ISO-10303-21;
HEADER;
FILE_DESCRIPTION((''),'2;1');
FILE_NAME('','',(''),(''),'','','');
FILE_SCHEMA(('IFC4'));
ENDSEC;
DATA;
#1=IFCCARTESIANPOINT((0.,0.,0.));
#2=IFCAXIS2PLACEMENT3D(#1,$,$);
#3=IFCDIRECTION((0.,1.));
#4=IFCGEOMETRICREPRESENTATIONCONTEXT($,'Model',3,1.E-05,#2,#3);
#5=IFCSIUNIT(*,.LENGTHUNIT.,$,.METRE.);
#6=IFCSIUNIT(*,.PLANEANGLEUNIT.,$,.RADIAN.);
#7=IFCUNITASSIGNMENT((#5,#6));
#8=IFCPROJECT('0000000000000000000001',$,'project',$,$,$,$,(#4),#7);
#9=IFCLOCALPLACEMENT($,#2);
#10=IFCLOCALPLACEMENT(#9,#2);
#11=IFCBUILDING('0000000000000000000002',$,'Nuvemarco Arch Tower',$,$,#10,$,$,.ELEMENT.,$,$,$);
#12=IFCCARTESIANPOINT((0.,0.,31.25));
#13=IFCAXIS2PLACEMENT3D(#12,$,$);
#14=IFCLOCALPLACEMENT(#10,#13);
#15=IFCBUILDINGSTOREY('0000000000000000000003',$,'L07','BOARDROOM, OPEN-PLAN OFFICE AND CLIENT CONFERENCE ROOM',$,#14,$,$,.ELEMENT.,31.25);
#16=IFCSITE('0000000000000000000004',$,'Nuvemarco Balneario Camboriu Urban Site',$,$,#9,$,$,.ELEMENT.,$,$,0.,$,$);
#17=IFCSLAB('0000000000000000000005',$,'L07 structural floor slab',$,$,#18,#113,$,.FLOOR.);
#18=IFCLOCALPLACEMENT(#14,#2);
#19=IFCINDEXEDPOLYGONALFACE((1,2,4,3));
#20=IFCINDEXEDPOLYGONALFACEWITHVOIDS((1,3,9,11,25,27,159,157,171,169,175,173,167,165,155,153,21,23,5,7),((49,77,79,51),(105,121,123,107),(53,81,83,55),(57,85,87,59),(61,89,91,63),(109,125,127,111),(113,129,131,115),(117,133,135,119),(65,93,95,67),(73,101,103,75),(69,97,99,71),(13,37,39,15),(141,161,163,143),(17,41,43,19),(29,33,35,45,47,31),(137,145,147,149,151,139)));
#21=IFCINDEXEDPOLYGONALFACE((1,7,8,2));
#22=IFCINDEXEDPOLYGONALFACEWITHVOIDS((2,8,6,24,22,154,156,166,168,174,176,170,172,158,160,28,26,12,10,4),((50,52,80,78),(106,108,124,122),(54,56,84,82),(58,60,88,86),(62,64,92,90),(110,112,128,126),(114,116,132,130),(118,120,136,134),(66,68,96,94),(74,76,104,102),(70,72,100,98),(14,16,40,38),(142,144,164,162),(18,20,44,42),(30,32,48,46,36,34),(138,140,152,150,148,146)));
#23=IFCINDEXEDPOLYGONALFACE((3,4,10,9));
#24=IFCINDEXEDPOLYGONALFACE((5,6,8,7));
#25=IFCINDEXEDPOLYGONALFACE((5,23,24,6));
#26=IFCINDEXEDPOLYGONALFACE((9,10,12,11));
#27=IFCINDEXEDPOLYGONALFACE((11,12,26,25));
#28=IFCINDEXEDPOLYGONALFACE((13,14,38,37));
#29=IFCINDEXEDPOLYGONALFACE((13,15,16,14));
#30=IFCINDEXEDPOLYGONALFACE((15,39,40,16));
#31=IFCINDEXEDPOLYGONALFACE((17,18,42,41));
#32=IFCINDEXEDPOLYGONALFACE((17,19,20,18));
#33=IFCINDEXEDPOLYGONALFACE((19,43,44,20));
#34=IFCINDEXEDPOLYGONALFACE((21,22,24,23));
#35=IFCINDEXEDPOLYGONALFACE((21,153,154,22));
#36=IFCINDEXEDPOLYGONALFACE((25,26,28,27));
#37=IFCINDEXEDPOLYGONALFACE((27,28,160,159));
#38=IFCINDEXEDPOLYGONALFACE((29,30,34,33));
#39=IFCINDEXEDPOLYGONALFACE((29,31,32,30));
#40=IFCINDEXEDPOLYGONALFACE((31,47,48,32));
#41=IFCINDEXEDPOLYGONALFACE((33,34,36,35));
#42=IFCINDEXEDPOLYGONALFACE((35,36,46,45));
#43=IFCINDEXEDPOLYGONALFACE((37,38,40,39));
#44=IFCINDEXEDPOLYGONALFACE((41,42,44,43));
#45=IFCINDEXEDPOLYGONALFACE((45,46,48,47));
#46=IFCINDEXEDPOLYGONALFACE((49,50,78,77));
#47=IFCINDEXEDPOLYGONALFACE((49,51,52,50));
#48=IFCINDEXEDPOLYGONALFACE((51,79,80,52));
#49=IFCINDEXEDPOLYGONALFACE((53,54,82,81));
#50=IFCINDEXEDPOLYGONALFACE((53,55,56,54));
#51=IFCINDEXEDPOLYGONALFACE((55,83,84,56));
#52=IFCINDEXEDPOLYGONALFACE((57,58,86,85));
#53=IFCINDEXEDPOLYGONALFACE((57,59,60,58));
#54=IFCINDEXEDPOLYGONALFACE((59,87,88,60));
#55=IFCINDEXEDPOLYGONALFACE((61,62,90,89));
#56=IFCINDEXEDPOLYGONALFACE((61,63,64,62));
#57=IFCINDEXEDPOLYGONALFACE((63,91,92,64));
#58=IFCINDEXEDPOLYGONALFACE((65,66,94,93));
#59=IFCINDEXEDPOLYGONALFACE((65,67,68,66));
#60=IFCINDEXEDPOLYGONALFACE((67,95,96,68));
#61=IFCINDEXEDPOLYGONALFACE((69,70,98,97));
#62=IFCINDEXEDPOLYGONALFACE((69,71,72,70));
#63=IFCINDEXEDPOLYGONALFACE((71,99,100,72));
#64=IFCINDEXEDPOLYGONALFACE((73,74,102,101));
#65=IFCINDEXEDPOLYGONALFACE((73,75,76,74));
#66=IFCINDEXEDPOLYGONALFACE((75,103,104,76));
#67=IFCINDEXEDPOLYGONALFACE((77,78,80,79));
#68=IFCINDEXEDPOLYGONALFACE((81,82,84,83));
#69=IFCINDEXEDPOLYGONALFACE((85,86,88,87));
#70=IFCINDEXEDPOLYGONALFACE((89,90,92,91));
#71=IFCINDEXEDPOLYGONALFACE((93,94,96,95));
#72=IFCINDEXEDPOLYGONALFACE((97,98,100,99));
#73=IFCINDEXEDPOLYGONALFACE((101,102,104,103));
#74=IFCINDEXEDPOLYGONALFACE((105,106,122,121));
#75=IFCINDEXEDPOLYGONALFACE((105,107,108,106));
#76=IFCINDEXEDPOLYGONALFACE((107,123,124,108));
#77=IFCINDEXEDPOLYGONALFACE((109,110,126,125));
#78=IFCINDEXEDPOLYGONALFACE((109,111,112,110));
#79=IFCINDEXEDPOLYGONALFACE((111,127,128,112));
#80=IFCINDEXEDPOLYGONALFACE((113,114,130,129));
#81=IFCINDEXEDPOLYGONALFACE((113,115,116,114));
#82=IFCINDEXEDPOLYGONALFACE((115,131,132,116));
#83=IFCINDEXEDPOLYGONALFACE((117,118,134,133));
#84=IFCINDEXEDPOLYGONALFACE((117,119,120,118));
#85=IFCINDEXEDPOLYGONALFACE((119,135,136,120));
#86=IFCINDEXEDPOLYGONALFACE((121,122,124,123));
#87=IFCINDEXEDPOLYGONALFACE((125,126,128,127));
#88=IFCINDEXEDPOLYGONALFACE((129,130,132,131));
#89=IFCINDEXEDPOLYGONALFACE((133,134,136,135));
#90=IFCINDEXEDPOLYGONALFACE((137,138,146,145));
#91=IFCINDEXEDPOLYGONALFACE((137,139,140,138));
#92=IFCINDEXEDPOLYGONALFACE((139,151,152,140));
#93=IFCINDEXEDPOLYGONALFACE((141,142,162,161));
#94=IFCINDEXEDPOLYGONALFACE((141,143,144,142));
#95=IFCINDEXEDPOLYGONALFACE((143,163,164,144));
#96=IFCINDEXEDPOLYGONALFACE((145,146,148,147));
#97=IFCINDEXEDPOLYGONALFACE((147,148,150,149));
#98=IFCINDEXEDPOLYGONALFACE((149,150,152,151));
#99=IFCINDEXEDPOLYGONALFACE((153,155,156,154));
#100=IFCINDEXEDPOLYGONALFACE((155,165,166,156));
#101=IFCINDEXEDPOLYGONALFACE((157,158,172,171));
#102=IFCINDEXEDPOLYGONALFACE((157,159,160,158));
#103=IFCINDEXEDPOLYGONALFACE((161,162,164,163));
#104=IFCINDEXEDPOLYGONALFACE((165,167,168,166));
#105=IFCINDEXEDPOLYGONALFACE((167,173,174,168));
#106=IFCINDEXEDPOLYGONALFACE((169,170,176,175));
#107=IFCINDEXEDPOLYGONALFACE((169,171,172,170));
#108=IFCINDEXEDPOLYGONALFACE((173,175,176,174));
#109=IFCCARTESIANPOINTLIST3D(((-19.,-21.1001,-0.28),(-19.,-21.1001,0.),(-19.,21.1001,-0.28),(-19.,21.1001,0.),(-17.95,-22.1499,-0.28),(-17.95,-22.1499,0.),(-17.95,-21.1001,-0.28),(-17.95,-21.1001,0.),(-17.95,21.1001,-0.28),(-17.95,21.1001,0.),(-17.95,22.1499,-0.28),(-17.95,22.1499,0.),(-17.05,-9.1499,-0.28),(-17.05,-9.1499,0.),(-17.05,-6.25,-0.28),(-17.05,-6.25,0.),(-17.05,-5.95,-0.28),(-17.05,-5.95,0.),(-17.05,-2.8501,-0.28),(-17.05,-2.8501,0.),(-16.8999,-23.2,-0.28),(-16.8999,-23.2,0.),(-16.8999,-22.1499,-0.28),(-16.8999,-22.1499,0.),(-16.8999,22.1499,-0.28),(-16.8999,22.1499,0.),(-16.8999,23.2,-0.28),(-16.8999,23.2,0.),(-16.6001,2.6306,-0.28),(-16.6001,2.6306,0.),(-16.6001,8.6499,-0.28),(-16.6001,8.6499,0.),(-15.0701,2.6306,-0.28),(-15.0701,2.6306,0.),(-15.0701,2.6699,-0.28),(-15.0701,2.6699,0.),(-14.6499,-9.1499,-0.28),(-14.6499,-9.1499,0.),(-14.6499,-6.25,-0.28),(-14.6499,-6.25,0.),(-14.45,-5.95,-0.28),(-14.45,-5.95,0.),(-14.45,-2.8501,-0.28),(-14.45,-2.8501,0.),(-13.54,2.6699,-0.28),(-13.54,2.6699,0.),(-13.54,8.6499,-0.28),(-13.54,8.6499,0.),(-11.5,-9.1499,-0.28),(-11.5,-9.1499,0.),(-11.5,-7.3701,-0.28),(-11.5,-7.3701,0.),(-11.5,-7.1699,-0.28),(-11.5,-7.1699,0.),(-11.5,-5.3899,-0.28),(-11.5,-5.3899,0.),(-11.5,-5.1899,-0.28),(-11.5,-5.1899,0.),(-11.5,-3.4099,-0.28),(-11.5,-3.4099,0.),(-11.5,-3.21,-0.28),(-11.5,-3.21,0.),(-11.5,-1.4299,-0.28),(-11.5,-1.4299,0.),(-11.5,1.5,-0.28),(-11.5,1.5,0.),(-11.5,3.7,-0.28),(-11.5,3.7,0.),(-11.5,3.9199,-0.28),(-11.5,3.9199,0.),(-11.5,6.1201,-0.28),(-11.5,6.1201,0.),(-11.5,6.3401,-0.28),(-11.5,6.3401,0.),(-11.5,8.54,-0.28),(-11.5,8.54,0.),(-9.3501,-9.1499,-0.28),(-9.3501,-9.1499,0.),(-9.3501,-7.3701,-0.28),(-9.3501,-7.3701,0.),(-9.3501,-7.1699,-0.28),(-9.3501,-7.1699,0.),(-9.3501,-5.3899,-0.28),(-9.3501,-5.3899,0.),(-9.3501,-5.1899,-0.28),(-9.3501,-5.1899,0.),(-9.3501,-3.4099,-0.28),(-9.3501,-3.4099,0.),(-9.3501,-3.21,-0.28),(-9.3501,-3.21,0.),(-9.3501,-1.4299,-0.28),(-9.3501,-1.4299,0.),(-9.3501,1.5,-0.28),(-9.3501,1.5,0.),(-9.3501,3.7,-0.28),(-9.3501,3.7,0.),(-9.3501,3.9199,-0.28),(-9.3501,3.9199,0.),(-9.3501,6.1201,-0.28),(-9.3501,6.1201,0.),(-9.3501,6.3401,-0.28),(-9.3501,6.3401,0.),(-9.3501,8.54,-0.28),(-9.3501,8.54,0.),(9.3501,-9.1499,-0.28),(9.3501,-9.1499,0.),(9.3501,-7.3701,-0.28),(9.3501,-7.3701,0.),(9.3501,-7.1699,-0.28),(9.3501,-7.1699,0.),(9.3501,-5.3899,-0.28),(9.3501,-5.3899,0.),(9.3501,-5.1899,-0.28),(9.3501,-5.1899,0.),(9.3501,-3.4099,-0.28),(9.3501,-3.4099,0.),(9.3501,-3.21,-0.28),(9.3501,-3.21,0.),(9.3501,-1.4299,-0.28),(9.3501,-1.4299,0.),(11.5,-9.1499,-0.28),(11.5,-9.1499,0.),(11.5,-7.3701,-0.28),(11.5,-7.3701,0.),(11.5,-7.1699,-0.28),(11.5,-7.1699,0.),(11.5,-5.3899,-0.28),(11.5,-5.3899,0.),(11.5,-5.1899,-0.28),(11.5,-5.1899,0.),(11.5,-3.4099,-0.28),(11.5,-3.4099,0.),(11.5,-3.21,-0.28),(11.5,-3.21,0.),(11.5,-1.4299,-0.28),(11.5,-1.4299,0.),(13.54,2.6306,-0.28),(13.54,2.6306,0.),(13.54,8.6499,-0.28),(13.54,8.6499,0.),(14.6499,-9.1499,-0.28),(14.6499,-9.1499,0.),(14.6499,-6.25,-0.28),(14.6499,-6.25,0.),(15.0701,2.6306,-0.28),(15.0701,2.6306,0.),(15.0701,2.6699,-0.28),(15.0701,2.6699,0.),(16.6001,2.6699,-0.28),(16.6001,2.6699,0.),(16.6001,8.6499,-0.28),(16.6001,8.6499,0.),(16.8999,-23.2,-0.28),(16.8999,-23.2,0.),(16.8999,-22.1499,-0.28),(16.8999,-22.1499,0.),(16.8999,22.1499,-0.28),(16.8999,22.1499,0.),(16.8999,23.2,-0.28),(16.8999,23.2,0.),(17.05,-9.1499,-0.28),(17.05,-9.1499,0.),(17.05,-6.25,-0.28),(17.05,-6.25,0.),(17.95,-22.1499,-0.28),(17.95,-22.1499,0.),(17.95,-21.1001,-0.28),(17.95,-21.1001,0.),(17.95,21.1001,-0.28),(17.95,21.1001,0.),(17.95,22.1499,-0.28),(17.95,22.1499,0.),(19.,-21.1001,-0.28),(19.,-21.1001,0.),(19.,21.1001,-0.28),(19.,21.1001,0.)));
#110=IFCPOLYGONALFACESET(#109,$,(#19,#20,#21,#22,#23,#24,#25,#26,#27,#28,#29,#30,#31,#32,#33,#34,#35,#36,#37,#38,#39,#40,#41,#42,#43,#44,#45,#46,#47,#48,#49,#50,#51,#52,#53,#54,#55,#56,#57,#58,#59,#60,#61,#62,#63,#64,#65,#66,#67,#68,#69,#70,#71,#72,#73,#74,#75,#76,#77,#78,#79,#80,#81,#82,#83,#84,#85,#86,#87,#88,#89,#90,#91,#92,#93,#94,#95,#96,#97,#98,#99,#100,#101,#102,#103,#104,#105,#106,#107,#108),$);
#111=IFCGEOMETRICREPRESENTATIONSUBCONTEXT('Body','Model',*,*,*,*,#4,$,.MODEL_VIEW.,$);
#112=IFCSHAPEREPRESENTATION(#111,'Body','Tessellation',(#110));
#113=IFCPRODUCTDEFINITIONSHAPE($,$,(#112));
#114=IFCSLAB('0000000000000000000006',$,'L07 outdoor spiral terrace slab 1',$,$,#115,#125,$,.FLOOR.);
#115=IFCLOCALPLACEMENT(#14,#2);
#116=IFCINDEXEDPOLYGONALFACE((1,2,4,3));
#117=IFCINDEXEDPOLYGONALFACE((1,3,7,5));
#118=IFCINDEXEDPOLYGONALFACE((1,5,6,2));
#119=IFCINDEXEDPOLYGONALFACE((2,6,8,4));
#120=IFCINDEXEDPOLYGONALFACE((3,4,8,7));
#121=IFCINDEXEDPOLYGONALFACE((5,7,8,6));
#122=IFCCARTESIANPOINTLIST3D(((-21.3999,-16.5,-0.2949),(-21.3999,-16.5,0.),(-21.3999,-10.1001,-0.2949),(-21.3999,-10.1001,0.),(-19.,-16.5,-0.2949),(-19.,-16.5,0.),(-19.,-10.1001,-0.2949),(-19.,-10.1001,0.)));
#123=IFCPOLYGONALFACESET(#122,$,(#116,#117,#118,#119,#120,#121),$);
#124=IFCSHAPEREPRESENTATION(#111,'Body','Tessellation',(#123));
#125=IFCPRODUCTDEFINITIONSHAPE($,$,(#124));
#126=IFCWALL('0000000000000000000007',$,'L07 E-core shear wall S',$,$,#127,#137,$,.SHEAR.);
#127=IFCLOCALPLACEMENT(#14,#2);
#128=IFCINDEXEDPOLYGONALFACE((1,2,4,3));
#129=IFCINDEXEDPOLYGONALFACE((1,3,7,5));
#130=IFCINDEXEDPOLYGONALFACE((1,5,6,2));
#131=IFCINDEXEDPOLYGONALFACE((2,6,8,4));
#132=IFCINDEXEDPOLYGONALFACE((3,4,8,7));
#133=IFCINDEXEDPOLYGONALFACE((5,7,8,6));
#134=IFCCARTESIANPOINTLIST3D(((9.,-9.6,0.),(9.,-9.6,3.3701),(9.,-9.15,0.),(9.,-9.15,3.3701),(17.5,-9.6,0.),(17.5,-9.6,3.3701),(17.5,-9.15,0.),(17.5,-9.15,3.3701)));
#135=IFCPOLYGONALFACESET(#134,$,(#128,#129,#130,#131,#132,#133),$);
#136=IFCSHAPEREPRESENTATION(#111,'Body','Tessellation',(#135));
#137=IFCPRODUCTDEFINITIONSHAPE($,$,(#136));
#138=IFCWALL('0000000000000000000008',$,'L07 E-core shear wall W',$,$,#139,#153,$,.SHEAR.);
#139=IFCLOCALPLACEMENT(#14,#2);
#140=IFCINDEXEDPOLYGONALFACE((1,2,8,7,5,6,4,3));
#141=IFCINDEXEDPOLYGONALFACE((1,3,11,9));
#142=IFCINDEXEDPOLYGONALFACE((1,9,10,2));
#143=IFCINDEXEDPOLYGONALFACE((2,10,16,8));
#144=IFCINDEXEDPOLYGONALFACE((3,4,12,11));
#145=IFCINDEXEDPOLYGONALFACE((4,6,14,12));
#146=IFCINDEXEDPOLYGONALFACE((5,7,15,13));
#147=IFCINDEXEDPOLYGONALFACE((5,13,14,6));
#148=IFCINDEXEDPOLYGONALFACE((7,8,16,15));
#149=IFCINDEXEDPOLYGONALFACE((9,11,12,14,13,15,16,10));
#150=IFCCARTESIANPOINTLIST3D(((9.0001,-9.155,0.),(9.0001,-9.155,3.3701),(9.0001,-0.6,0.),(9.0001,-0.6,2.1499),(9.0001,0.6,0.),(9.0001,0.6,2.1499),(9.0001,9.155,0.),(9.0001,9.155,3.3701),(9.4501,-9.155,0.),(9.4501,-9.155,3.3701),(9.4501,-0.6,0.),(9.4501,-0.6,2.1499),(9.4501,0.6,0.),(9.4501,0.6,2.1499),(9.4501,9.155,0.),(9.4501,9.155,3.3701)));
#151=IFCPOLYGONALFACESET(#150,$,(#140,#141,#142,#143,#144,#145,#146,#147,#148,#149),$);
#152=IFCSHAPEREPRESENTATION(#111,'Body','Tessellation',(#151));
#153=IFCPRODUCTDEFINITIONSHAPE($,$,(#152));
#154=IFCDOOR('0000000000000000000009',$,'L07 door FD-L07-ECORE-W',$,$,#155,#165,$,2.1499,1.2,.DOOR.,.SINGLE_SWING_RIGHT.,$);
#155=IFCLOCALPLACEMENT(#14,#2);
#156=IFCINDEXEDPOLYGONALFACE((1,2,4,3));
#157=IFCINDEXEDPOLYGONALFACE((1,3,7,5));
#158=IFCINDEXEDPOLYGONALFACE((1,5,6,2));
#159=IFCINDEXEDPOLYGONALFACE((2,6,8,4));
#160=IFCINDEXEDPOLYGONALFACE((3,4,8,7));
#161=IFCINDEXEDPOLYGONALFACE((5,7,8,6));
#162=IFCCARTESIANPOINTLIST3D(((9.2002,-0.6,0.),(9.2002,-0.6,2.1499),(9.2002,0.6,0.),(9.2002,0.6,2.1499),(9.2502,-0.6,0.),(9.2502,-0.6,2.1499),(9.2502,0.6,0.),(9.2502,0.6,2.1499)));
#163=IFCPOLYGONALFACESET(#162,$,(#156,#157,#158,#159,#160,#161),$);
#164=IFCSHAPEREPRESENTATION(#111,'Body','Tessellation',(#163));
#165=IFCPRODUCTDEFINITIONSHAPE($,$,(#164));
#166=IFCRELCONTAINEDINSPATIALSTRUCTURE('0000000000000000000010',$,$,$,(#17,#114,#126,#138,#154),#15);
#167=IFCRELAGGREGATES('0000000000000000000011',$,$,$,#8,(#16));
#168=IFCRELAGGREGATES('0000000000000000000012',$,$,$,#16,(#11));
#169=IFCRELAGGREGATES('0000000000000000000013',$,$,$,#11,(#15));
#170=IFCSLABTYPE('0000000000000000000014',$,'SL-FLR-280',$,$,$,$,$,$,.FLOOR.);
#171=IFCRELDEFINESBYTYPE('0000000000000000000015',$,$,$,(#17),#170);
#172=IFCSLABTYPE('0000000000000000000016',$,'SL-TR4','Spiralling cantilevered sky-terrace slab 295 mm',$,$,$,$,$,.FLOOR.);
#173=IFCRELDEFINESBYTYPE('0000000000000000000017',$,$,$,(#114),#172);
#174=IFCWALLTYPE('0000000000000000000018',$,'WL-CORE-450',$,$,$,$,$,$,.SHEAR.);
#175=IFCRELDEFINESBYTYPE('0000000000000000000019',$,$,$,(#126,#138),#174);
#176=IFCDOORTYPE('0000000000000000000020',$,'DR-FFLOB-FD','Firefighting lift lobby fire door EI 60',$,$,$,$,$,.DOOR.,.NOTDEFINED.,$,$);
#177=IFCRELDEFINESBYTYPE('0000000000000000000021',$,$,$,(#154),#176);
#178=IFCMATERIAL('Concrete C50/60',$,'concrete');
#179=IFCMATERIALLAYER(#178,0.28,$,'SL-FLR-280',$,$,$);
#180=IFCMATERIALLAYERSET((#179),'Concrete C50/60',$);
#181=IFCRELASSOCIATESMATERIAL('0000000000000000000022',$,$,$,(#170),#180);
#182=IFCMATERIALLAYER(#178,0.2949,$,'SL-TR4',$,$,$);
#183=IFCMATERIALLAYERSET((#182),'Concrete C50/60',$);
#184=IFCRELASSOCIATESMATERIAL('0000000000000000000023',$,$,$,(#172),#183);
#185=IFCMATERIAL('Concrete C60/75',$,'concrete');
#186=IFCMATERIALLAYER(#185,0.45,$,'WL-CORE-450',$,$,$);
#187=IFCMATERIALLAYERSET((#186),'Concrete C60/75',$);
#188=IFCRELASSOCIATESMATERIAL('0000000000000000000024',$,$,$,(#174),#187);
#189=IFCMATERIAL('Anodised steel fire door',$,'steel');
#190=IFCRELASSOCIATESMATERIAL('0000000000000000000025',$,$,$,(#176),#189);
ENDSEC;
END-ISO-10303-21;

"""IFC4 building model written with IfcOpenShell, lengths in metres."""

from ifc_helpers import new_model, si_unit, direction, frame, frame_2d, origin, place, context, subcontext, project, spatial, polyline, rectangle, outline, extrude, source, transform, mapped, material, layer, layer_set, type_object, type_shapes, element, fill, save


model = new_model("IFC4")

# Units and contexts
model_context = context("Model", 3, precision=1e-05, world=origin(), true_north=direction((0.0, 1.0)))
body_context = subcontext(model_context, "Body", "Model", "MODEL_VIEW")
ifc_project = project(units=[si_unit("LENGTHUNIT", "METRE"), si_unit("PLANEANGLEUNIT", "RADIAN")], contexts=[model_context])

# Site, building, storey
site_placement = place(None, origin())
site = spatial("IfcSite", under=ifc_project, at=site_placement, Name="Nuvemarco Balneario Camboriu Urban Site", CompositionType="ELEMENT", RefElevation=0.0)
building_placement = place(site_placement, origin())
building = spatial("IfcBuilding", under=site, at=building_placement, Name="Nuvemarco Arch Tower", CompositionType="ELEMENT")
storey_placement = place(building_placement, frame((0.0, 0.0, 31.25)))
storey = spatial("IfcBuildingStorey", under=building, at=storey_placement, Name="L07", Description="BOARDROOM, OPEN-PLAN OFFICE AND CLIENT CONFERENCE ROOM", CompositionType="ELEMENT", Elevation=31.25)

# Shared definitions
ifc_material_1 = material(Name="Concrete C60/75", Category="concrete")

# Slabs
ifc_material_2 = material(Name="Concrete C50/60", Category="concrete")
ifc_layer_1 = layer(ifc_material_2, 0.28, Name="SL-FLR-280")
ifc_layer_set_1 = layer_set([ifc_layer_1], Name="Concrete C50/60")
slab_type_1 = type_object("IfcSlabType", Name="SL-FLR-280", PredefinedType="FLOOR", material=ifc_layer_set_1)
slab_1_placement = place(storey_placement, frame((0.0, 0.0, -0.28)))
element("IfcSlab", 1, at=slab_1_placement, inside=storey, type_object=slab_type_1, Name="L07 structural floor slab", PredefinedType="FLOOR", context=body_context, shape_type="SweptSolid", body=[
    extrude(outline(polyline([(-16.8999, -23.2), (16.8999, -23.2), (16.8999, -22.1499), (17.95, -22.1499), (17.95, -21.1001), (19.0, -21.1001), (19.0, 21.1001), (17.95, 21.1001), (17.95, 22.1499), (16.8999, 22.1499), (16.8999, 23.2), (-16.8999, 23.2), (-16.8999, 22.1499), (-17.95, 22.1499), (-17.95, 21.1001), (-19.0, 21.1001), (-19.0, -21.1001), (-17.95, -21.1001), (-17.95, -22.1499), (-16.8999, -22.1499), (-16.8999, -23.2)]), holes=[polyline([(-13.54, 2.6699), (-13.54, 8.6499), (-16.6001, 8.6499), (-16.6001, 2.6306), (-15.0701, 2.6306), (-15.0701, 2.6699), (-13.54, 2.6699)]), polyline([(16.6001, 2.6699), (16.6001, 8.6499), (13.54, 8.6499), (13.54, 2.6306), (15.0701, 2.6306), (15.0701, 2.6699), (16.6001, 2.6699)]), polyline([(-17.05, -9.1499), (-14.6499, -9.1499), (-14.6499, -6.25), (-17.05, -6.25), (-17.05, -9.1499)]), polyline([(-17.05, -5.95), (-14.45, -5.95), (-14.45, -2.8501), (-17.05, -2.8501), (-17.05, -5.95)]), polyline([(-11.5, -9.1499), (-9.3501, -9.1499), (-9.3501, -7.3701), (-11.5, -7.3701), (-11.5, -9.1499)]), polyline([(-11.5, -7.1699), (-9.3501, -7.1699), (-9.3501, -5.3899), (-11.5, -5.3899), (-11.5, -7.1699)]), polyline([(-11.5, -5.1899), (-9.3501, -5.1899), (-9.3501, -3.4099), (-11.5, -3.4099), (-11.5, -5.1899)]), polyline([(-11.5, -3.21), (-9.3501, -3.21), (-9.3501, -1.4299), (-11.5, -1.4299), (-11.5, -3.21)]), polyline([(-11.5, 1.5), (-9.3501, 1.5), (-9.3501, 3.7), (-11.5, 3.7), (-11.5, 1.5)]), polyline([(-11.5, 3.9199), (-9.3501, 3.9199), (-9.3501, 6.1201), (-11.5, 6.1201), (-11.5, 3.9199)]), polyline([(-11.5, 6.3401), (-9.3501, 6.3401), (-9.3501, 8.54), (-11.5, 8.54), (-11.5, 6.3401)]), polyline([(14.6499, -9.1499), (17.05, -9.1499), (17.05, -6.25), (14.6499, -6.25), (14.6499, -9.1499)]), polyline([(9.3501, -9.1499), (11.5, -9.1499), (11.5, -7.3701), (9.3501, -7.3701), (9.3501, -9.1499)]), polyline([(9.3501, -7.1699), (11.5, -7.1699), (11.5, -5.3899), (9.3501, -5.3899), (9.3501, -7.1699)]), polyline([(9.3501, -5.1899), (11.5, -5.1899), (11.5, -3.4099), (9.3501, -3.4099), (9.3501, -5.1899)]), polyline([(9.3501, -3.21), (11.5, -3.21), (11.5, -1.4299), (9.3501, -1.4299), (9.3501, -3.21)])]), origin(), (0.0, 0.0, 1.0), 0.28),
])
ifc_layer_2 = layer(ifc_material_2, 0.2949, Name="SL-TR4")
ifc_layer_set_2 = layer_set([ifc_layer_2], Name="Concrete C50/60")
slab_type_2 = type_object("IfcSlabType", Name="SL-TR4", Description="Spiralling cantilevered sky-terrace slab 295 mm", PredefinedType="FLOOR", material=ifc_layer_set_2)
slab_2_placement = place(storey_placement, frame((0.0, 0.0, -0.2949)))
element("IfcSlab", 2, at=slab_2_placement, inside=storey, type_object=slab_type_2, Name="L07 outdoor spiral terrace slab 1", PredefinedType="FLOOR", context=body_context, shape_type="SweptSolid", body=[
    extrude(outline(polyline([(-21.3999, -16.5), (-19.0, -16.5), (-19.0, -10.1001), (-21.3999, -10.1001), (-21.3999, -16.5)])), origin(), (0.0, 0.0, 1.0), 0.2949),
])

# Wall
ifc_layer_3 = layer(ifc_material_1, 0.45, Name="WL-CORE-450")
ifc_layer_set_3 = layer_set([ifc_layer_3], Name="Concrete C60/75")
wall_type_1 = type_object("IfcWallType", Name="WL-CORE-450", PredefinedType="SHEAR", material=ifc_layer_set_3)
wall_1_placement = place(storey_placement, frame((9.0, -9.375, 0.0), z_axis=(0.0, 0.0, 1.0), x_axis=(1.0, 0.0, 0.0)))
element("IfcWall", 3, at=wall_1_placement, inside=storey, type_object=wall_type_1, Name="L07 E-core shear wall S", PredefinedType="SHEAR", context=body_context, shape_type="SweptSolid", body=[
    extrude(rectangle(XDim=8.5, YDim=0.45, at=frame_2d((4.25, 0.0))), origin(), (0.0, 0.0, 1.0), 3.3701),
])

# Wall, opening, door
wall_2_placement = place(storey_placement, frame((9.2251, -9.155, 0.0), z_axis=(0.0, 0.0, 1.0), x_axis=(0.0, 1.0, 0.0)))
wall_2 = element("IfcWall", 4, at=wall_2_placement, inside=storey, type_object=wall_type_1, Name="L07 E-core shear wall W", PredefinedType="SHEAR", context=body_context, shape_type="SweptSolid", body=[
    extrude(rectangle(XDim=18.3101, YDim=0.45, at=frame_2d((9.155, 0.0))), origin(), (0.0, 0.0, 1.0), 3.3701),
])
opening_placement = place(wall_2_placement, frame((8.5549, 0.0, 0.0)))
opening = element("IfcOpeningElement", 5, at=opening_placement, cuts=wall_2, PredefinedType="OPENING", context=body_context, shape_type="SweptSolid", body=[
    extrude(rectangle(XDim=1.2, YDim=2.1499, at=frame_2d((0.6001, 1.075))), frame((0.0, 0.2349, 0.0), z_axis=(0.0, -1.0, 0.0), x_axis=(1.0, 0.0, 0.0)), (0.0, 0.0, 1.0), 0.47),
])
ifc_material_3 = material(Name="Anodised steel fire door", Category="steel")
door_type = type_object("IfcDoorType", Name="DR-FFLOB-FD", Description="Firefighting lift lobby fire door EI 60", OperationType="NOTDEFINED", PredefinedType="DOOR", material=ifc_material_3)
shared_shape = source(origin(), body_context, "Body", "SweptSolid", [
    extrude(rectangle(XDim=1.2, YDim=2.1499, at=frame_2d((0.6001, 1.075))), frame((0.0, 0.0249, 0.0), z_axis=(0.0, -1.0, 0.0), x_axis=(1.0, 0.0, 0.0)), (0.0, 0.0, 1.0), 0.05),
])
type_shapes(door_type, [shared_shape])
door_placement = place(opening_placement, origin())
door = element("IfcDoor", 6, at=door_placement, inside=storey, type_object=door_type, Name="L07 door FD-L07-ECORE-W", OperationType="SINGLE_SWING_RIGHT", OverallHeight=2.1499, OverallWidth=1.2, PredefinedType="DOOR", context=body_context, shape_type="MappedRepresentation", body=[
    mapped(shared_shape, transform((0.0, 0.0, 0.0), scale=1.0)),
])
fill(opening, door)

save(model, "model.ifc")
